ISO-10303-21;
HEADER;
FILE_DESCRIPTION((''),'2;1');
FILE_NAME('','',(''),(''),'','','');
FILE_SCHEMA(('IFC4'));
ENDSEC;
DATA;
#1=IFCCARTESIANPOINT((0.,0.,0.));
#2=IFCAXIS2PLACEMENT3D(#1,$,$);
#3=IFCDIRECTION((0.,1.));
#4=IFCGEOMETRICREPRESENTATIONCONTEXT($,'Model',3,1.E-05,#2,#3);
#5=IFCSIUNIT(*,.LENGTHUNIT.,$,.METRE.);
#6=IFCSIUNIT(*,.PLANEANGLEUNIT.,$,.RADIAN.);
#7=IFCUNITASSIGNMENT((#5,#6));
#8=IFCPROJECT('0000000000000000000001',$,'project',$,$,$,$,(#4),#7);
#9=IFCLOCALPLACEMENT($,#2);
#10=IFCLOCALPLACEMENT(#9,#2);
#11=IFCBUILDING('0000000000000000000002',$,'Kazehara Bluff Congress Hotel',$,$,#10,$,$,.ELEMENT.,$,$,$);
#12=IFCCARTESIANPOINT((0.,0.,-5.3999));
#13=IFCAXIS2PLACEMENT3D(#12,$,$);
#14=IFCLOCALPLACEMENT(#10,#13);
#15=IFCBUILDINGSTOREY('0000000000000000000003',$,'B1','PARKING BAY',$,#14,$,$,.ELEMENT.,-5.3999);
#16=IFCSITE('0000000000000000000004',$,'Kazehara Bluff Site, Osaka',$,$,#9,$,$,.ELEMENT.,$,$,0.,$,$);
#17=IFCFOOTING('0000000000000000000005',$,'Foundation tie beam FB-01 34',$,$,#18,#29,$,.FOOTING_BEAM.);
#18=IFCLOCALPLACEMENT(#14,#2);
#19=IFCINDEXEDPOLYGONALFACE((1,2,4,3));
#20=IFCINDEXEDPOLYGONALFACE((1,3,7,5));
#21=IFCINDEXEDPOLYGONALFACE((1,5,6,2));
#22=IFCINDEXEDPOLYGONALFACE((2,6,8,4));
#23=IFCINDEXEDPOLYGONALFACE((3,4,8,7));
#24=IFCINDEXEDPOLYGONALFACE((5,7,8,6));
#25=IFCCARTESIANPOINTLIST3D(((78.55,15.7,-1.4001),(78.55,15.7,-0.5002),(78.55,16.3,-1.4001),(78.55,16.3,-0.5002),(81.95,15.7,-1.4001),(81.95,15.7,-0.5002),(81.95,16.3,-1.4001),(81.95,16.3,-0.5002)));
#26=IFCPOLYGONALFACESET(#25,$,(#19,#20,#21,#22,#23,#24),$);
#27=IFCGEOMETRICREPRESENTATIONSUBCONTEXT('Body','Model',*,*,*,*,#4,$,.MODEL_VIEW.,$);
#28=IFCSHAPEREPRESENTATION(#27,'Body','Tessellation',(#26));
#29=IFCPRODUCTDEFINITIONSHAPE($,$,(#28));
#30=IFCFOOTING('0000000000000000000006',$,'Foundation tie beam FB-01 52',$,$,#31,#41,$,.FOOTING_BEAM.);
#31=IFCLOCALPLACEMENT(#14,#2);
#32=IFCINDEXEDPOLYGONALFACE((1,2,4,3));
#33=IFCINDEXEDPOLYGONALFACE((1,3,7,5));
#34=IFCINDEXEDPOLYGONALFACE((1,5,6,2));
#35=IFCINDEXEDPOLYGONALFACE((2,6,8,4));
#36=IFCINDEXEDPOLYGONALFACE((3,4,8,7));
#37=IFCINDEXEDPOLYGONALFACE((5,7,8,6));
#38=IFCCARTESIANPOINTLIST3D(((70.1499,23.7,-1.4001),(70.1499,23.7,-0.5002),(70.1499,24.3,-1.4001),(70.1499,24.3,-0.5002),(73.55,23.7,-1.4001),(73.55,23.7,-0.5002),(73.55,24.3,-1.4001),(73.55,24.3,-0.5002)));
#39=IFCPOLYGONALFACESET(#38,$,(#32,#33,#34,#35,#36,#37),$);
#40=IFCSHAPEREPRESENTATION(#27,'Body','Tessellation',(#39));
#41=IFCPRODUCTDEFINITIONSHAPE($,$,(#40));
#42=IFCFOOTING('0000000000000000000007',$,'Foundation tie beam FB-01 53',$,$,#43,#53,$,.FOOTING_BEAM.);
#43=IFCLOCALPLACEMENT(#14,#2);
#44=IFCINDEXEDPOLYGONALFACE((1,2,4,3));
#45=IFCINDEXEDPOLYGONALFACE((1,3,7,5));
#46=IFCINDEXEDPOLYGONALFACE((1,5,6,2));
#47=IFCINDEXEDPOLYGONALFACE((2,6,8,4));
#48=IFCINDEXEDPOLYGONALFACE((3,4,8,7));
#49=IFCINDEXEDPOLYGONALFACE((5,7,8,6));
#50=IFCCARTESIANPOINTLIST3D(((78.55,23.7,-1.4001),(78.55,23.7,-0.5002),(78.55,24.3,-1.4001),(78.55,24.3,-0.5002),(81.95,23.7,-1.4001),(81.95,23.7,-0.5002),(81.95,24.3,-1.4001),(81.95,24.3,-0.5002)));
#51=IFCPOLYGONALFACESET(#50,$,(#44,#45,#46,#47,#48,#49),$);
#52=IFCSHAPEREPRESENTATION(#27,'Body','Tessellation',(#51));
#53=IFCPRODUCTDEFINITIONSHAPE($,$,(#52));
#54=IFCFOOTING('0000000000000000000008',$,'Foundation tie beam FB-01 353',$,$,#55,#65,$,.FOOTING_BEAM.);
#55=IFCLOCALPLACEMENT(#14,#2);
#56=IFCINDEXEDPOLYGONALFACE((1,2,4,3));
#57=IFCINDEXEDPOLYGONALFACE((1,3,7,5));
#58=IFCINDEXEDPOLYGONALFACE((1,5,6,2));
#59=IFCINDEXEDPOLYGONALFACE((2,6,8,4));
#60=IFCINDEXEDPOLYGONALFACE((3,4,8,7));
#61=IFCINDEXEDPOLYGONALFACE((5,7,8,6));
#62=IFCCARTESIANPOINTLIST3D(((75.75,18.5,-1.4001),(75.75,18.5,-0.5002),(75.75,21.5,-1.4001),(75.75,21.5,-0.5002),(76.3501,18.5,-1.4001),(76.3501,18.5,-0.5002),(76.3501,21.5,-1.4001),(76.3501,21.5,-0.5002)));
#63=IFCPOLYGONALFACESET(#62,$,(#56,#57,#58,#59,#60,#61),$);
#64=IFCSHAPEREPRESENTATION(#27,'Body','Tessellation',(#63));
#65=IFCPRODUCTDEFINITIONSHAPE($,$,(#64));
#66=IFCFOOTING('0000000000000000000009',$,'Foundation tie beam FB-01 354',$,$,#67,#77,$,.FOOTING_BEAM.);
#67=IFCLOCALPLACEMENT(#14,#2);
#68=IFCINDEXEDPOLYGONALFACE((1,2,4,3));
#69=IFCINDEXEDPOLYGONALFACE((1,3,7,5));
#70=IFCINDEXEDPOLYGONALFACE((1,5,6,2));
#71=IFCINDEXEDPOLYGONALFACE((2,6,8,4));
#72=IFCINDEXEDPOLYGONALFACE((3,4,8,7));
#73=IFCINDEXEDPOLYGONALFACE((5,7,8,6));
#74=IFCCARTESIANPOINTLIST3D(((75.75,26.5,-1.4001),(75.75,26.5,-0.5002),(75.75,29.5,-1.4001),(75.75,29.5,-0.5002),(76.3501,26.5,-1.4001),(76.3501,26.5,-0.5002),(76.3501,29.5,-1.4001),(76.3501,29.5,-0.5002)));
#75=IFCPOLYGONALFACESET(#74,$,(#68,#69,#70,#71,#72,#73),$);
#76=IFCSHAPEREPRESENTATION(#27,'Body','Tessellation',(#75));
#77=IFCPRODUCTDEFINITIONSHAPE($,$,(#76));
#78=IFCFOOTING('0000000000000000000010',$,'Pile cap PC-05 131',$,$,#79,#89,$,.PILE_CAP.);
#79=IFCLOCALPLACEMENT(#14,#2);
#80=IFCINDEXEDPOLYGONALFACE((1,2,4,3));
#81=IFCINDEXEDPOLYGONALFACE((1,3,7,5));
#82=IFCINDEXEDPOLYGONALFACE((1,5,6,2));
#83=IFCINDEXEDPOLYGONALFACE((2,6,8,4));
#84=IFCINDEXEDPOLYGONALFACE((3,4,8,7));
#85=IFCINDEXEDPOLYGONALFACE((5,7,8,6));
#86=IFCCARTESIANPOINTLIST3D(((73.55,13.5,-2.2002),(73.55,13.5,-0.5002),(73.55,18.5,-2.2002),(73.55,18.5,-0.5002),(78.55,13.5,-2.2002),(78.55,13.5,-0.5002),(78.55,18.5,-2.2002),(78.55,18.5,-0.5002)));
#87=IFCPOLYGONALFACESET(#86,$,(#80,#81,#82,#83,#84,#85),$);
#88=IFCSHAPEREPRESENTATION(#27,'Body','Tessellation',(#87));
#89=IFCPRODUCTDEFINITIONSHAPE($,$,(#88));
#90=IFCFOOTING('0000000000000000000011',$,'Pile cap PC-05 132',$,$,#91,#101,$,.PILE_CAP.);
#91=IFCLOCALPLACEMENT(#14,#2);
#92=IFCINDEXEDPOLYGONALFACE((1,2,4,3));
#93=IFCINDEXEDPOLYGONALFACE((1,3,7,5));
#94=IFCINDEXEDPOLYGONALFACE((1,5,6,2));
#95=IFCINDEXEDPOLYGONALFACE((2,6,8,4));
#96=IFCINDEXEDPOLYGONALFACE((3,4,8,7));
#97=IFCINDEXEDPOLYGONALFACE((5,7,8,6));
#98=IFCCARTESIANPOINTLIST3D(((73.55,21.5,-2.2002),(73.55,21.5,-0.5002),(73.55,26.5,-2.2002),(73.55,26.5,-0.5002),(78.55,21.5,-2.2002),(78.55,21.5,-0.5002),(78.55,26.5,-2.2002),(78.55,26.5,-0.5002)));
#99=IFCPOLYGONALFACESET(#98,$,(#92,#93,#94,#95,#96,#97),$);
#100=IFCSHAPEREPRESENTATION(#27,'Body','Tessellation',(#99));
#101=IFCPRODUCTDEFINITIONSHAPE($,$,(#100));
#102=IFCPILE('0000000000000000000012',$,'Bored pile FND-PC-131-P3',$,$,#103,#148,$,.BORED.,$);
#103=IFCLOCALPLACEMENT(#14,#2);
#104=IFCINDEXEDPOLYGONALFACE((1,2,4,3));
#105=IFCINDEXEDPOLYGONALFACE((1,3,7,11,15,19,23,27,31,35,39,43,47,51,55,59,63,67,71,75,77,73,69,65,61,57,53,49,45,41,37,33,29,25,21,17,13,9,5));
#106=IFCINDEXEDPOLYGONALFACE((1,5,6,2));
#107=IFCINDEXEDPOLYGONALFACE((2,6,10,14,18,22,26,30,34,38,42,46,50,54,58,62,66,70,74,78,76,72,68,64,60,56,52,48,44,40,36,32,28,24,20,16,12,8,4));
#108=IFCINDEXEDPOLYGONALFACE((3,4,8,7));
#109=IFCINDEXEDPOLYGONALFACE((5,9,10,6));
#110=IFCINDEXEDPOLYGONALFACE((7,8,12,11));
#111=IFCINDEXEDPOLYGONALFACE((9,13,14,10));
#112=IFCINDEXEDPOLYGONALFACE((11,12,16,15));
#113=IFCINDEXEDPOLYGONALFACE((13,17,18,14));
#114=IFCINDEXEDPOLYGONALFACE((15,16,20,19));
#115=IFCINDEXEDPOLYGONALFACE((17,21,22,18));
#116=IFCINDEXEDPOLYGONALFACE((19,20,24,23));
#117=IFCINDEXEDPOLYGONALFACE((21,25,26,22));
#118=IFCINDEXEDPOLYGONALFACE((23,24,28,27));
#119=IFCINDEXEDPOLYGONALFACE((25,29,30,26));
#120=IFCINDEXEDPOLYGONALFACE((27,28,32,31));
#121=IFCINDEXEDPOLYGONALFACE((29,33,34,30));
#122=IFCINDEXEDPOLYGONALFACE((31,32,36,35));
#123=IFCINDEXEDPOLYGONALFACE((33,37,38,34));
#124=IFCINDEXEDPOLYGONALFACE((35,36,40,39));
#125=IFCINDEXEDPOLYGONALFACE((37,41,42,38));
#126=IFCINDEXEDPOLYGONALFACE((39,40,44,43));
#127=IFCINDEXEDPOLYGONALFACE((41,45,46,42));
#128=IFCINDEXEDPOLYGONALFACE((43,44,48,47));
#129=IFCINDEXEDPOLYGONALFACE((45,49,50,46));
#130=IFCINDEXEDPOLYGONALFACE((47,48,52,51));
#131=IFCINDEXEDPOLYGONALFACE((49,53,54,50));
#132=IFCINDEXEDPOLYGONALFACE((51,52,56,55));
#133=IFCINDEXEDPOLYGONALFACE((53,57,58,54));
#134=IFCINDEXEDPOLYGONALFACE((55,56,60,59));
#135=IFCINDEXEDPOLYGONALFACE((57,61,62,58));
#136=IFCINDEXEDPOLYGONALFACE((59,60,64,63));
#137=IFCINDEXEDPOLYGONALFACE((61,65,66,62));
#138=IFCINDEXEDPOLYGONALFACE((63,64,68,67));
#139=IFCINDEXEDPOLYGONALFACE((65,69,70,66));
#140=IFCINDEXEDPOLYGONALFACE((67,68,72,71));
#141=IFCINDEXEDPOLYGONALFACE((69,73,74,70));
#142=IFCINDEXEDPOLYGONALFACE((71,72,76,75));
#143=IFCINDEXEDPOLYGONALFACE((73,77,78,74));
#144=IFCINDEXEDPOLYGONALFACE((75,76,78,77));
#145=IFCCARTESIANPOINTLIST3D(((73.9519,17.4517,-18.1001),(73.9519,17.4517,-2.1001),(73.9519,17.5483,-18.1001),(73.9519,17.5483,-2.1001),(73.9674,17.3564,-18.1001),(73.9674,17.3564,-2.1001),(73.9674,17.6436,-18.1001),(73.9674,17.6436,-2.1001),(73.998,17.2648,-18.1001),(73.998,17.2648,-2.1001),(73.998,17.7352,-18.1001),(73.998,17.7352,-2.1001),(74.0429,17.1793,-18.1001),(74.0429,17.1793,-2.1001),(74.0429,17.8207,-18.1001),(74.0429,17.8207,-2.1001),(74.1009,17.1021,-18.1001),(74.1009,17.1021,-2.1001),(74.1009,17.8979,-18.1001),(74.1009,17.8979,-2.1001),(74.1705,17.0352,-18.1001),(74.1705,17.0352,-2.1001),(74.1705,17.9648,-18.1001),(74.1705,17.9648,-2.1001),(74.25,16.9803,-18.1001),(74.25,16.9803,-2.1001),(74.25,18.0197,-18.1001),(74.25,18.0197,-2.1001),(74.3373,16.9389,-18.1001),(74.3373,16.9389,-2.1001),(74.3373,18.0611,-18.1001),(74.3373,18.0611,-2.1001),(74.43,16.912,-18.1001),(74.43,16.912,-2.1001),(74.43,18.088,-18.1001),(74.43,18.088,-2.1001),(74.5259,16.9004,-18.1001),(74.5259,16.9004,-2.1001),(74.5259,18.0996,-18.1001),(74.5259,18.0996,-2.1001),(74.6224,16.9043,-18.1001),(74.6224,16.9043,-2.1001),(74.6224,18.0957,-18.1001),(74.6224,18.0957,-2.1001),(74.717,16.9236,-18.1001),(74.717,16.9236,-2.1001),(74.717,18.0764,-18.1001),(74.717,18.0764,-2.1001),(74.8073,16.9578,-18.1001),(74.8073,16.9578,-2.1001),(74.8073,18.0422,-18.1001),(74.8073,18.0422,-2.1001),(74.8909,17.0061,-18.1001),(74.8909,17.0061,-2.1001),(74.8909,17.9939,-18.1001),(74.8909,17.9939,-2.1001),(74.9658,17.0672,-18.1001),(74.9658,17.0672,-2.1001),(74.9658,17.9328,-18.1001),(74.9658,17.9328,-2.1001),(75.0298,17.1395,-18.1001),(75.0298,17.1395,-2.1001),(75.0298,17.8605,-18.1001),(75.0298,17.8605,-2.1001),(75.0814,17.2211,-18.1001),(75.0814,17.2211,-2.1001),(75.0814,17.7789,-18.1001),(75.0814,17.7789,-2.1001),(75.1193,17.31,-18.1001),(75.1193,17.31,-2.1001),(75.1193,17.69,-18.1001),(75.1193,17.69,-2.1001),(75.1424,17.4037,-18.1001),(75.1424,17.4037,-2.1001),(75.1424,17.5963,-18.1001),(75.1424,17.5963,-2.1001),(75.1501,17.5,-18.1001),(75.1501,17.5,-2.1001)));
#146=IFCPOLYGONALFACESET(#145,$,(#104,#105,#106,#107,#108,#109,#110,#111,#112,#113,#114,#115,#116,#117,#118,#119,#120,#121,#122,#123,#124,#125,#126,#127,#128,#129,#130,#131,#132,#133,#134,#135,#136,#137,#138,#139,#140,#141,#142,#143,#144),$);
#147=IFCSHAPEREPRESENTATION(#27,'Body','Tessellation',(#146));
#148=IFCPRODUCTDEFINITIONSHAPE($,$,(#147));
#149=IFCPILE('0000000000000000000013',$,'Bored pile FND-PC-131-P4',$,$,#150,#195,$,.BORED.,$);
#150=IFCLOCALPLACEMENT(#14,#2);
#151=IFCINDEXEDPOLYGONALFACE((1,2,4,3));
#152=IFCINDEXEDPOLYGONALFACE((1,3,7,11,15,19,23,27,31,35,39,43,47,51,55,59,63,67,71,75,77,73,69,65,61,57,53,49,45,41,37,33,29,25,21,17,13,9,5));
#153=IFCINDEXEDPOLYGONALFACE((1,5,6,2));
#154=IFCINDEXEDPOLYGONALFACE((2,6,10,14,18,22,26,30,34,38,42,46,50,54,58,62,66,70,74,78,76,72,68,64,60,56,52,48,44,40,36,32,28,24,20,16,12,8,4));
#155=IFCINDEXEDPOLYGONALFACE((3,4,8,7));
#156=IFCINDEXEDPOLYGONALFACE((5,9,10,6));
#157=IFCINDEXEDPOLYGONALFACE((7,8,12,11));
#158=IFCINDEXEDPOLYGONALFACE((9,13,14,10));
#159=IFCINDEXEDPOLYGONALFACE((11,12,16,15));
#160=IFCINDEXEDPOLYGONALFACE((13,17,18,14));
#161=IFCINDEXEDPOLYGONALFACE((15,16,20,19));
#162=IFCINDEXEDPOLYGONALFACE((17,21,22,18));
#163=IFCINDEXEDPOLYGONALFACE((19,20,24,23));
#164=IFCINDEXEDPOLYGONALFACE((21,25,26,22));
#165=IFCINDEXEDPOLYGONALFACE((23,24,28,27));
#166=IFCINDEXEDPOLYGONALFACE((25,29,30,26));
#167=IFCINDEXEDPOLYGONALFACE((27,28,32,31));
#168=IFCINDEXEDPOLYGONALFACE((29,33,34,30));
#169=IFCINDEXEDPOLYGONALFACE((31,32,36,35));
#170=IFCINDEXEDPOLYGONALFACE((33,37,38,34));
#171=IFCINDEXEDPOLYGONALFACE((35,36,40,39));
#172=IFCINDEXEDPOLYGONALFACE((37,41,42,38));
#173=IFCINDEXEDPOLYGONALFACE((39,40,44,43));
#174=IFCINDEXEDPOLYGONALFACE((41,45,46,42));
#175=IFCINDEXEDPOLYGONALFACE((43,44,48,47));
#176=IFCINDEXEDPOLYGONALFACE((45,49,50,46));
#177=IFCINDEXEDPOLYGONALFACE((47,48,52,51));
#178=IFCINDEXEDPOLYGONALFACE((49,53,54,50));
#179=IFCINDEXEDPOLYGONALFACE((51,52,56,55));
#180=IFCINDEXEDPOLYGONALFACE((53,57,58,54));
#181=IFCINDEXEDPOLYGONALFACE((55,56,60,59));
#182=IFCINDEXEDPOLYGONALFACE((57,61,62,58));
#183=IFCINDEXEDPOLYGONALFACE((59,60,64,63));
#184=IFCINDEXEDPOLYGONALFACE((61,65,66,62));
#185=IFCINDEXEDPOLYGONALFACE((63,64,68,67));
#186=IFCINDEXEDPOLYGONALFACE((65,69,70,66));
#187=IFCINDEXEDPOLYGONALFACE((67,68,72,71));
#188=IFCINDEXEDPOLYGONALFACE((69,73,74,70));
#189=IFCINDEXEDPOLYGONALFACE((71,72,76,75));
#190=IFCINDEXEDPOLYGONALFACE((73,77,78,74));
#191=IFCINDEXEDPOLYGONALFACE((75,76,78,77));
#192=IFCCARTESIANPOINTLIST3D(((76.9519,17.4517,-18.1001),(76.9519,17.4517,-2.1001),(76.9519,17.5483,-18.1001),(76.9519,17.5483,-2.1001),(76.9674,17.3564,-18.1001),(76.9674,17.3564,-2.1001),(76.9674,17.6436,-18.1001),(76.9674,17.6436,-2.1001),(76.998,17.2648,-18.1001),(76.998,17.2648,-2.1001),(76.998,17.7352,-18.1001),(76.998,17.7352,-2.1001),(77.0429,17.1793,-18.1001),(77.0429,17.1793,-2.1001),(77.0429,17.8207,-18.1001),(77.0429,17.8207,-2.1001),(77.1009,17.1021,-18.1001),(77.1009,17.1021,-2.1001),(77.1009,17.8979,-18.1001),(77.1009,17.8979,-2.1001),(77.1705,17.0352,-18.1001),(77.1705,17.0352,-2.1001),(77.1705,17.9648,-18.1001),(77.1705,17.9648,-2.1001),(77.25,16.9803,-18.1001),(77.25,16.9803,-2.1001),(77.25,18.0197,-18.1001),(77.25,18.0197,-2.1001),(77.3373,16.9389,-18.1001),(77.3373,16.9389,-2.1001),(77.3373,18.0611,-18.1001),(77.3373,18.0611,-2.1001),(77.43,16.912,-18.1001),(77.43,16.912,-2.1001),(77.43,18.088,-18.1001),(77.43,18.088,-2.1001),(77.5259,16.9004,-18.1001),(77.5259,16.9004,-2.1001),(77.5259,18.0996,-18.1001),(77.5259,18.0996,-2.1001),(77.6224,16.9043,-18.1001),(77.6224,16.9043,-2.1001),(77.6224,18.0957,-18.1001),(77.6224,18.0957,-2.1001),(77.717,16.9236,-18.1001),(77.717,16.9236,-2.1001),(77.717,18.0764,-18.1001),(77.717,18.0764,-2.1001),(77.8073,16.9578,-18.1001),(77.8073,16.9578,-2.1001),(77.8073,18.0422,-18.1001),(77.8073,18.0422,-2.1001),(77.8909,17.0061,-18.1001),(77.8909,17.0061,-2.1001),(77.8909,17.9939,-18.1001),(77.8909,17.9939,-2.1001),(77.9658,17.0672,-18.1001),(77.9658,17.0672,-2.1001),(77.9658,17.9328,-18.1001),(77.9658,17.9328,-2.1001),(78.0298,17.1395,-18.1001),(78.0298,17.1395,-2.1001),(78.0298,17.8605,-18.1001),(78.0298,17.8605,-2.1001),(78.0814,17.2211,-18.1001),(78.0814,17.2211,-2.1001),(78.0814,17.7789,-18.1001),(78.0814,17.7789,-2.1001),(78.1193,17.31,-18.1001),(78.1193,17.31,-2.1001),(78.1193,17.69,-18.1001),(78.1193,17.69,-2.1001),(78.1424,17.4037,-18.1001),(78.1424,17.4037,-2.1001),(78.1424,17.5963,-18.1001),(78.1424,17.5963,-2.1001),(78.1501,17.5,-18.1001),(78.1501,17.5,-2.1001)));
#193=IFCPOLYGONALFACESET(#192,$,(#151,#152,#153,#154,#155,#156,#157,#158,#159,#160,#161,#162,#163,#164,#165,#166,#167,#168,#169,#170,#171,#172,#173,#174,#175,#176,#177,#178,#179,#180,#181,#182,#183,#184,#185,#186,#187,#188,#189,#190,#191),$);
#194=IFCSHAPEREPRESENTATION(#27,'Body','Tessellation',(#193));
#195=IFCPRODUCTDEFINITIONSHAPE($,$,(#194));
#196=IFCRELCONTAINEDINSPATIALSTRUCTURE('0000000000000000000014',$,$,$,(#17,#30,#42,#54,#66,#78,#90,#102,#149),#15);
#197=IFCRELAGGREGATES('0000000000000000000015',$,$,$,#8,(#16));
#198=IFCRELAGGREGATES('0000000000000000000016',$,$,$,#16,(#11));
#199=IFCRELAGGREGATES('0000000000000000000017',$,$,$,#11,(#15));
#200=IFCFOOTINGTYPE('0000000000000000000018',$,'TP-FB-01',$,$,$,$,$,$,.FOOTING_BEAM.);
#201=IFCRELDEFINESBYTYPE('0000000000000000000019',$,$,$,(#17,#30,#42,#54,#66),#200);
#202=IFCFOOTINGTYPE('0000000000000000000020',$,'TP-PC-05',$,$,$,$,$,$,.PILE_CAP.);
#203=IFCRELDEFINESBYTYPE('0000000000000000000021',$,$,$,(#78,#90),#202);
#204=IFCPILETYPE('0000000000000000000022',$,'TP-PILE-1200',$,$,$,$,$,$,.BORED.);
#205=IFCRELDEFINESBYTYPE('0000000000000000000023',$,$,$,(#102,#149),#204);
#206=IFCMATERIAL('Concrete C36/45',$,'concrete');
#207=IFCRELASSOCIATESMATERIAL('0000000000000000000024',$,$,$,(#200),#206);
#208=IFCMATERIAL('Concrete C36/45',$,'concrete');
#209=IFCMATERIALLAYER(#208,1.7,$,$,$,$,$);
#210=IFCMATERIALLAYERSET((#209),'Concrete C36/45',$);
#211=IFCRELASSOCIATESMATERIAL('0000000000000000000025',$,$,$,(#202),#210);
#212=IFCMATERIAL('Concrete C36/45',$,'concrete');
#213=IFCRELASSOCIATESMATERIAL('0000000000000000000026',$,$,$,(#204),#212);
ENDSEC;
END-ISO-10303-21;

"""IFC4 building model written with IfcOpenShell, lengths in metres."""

from ifc_helpers import new_model, si_unit, direction, frame, origin, origin_2d, place, context, subcontext, project, spatial, rectangle, circle, extrude, material, layer, layer_set, material_profile, profile_set, type_object, element, save


model = new_model("IFC4")

# Units and contexts
model_context = context("Model", 3, precision=1e-05, world=origin(), true_north=direction((0.0, 1.0)))
body_context = subcontext(model_context, "Body", "Model", "MODEL_VIEW")
ifc_project = project(units=[si_unit("LENGTHUNIT", "METRE"), si_unit("PLANEANGLEUNIT", "RADIAN")], contexts=[model_context])

# Site, building, storey
site_placement = place(None, origin())
site = spatial("IfcSite", under=ifc_project, at=site_placement, Name="Kazehara Bluff Site, Osaka", CompositionType="ELEMENT", RefElevation=0.0)
building_placement = place(site_placement, origin())
building = spatial("IfcBuilding", under=site, at=building_placement, Name="Kazehara Bluff Congress Hotel", CompositionType="ELEMENT")
storey_placement = place(building_placement, frame((0.0, 0.0, -5.3999)))
storey = spatial("IfcBuildingStorey", under=building, at=storey_placement, Name="B1", Description="PARKING BAY", CompositionType="ELEMENT", Elevation=-5.3999)

# Footings
ifc_material_1 = material(Name="Concrete C36/45", Category="concrete")
ifc_material_profile_1 = material_profile(ifc_material_1, rectangle(XDim=0.6001, YDim=0.8999, at=origin_2d()))
ifc_profile_set_1 = profile_set([ifc_material_profile_1], Name="Concrete C36/45")
footing_type_1 = type_object("IfcFootingType", Name="TP-FB-01", PredefinedType="FOOTING_BEAM", material=ifc_profile_set_1)
footing_1_placement = place(storey_placement, frame((78.55, 16.0, -0.9502), z_axis=(1.0, 0.0, 0.0), x_axis=(0.0, 1.0, 0.0)))
element("IfcFooting", 1, at=footing_1_placement, inside=storey, type_object=footing_type_1, Name="Foundation tie beam FB-01 34", PredefinedType="FOOTING_BEAM", context=body_context, shape_type="SweptSolid", body=[
    extrude(rectangle(XDim=0.6001, YDim=0.8999, at=origin_2d()), origin(), (0.0, 0.0, 1.0), 3.3999),
])
footing_2_placement = place(storey_placement, frame((70.1499, 24.0, -0.9502), z_axis=(1.0, 0.0, 0.0), x_axis=(0.0, 1.0, 0.0)))
element("IfcFooting", 2, at=footing_2_placement, inside=storey, type_object=footing_type_1, Name="Foundation tie beam FB-01 52", PredefinedType="FOOTING_BEAM", context=body_context, shape_type="SweptSolid", body=[
    extrude(rectangle(XDim=0.6001, YDim=0.8999, at=origin_2d()), origin(), (0.0, 0.0, 1.0), 3.4001),
])
footing_3_placement = place(storey_placement, frame((78.55, 24.0, -0.9502), z_axis=(1.0, 0.0, 0.0), x_axis=(0.0, 1.0, 0.0)))
element("IfcFooting", 3, at=footing_3_placement, inside=storey, type_object=footing_type_1, Name="Foundation tie beam FB-01 53", PredefinedType="FOOTING_BEAM", context=body_context, shape_type="SweptSolid", body=[
    extrude(rectangle(XDim=0.6001, YDim=0.8999, at=origin_2d()), origin(), (0.0, 0.0, 1.0), 3.3999),
])
for number, where, z_axis, x_axis, name in (
    (4, (76.05, 18.5, -0.9502), (0.0, 1.0, 0.0), (-1.0, 0.0, 0.0), "Foundation tie beam FB-01 353"),
    (5, (76.05, 26.5, -0.9502), (0.0, 1.0, 0.0), (-1.0, 0.0, 0.0), "Foundation tie beam FB-01 354"),
):
    element("IfcFooting", number, at=place(storey_placement, frame(where, z_axis=z_axis, x_axis=x_axis)), inside=storey, type_object=footing_type_1, Name=name, PredefinedType="FOOTING_BEAM", context=body_context, shape_type="SweptSolid", body=[
        extrude(rectangle(XDim=0.6001, YDim=0.8999, at=origin_2d()), origin(), (0.0, 0.0, 1.0), 3.0),
    ])
ifc_material_2 = material(Name="Concrete C36/45", Category="concrete")
ifc_layer = layer(ifc_material_2, 1.7)
ifc_layer_set = layer_set([ifc_layer], Name="Concrete C36/45")
footing_type_2 = type_object("IfcFootingType", Name="TP-PC-05", PredefinedType="PILE_CAP", material=ifc_layer_set)
for number, where, z_axis, x_axis, name in (
    (6, (76.05, 16.0, -2.2002), (0.0, 0.0, 1.0), (1.0, 0.0, 0.0), "Pile cap PC-05 131"),
    (7, (76.05, 24.0, -2.2002), (0.0, 0.0, 1.0), (1.0, 0.0, 0.0), "Pile cap PC-05 132"),
):
    element("IfcFooting", number, at=place(storey_placement, frame(where, z_axis=z_axis, x_axis=x_axis)), inside=storey, type_object=footing_type_2, Name=name, PredefinedType="PILE_CAP", context=body_context, shape_type="SweptSolid", body=[
        extrude(rectangle(XDim=5.0, YDim=5.0, at=origin_2d()), origin(), (0.0, 0.0, 1.0), 1.7),
    ])

# Piles
ifc_material_3 = material(Name="Concrete C36/45", Category="concrete")
ifc_material_profile_2 = material_profile(ifc_material_3, circle(Radius=0.6001, at=origin_2d()))
ifc_profile_set_2 = profile_set([ifc_material_profile_2], Name="Concrete C36/45")
pile_type = type_object("IfcPileType", Name="TP-PILE-1200", PredefinedType="BORED", material=ifc_profile_set_2)
for number, where, z_axis, x_axis, name in (
    (8, (74.55, 17.5, -2.1001), (0.0, 0.0, -1.0), (1.0, 0.0, 0.0), "Bored pile FND-PC-131-P3"),
    (9, (77.55, 17.5, -2.1001), (0.0, 0.0, -1.0), (1.0, 0.0, 0.0), "Bored pile FND-PC-131-P4"),
):
    element("IfcPile", number, at=place(storey_placement, frame(where, z_axis=z_axis, x_axis=x_axis)), inside=storey, type_object=pile_type, Name=name, PredefinedType="BORED", context=body_context, shape_type="SweptSolid", body=[
        extrude(circle(Radius=0.6001, at=origin_2d()), origin(), (0.0, 0.0, 1.0), 16.0),
    ])

save(model, "model.ifc")
